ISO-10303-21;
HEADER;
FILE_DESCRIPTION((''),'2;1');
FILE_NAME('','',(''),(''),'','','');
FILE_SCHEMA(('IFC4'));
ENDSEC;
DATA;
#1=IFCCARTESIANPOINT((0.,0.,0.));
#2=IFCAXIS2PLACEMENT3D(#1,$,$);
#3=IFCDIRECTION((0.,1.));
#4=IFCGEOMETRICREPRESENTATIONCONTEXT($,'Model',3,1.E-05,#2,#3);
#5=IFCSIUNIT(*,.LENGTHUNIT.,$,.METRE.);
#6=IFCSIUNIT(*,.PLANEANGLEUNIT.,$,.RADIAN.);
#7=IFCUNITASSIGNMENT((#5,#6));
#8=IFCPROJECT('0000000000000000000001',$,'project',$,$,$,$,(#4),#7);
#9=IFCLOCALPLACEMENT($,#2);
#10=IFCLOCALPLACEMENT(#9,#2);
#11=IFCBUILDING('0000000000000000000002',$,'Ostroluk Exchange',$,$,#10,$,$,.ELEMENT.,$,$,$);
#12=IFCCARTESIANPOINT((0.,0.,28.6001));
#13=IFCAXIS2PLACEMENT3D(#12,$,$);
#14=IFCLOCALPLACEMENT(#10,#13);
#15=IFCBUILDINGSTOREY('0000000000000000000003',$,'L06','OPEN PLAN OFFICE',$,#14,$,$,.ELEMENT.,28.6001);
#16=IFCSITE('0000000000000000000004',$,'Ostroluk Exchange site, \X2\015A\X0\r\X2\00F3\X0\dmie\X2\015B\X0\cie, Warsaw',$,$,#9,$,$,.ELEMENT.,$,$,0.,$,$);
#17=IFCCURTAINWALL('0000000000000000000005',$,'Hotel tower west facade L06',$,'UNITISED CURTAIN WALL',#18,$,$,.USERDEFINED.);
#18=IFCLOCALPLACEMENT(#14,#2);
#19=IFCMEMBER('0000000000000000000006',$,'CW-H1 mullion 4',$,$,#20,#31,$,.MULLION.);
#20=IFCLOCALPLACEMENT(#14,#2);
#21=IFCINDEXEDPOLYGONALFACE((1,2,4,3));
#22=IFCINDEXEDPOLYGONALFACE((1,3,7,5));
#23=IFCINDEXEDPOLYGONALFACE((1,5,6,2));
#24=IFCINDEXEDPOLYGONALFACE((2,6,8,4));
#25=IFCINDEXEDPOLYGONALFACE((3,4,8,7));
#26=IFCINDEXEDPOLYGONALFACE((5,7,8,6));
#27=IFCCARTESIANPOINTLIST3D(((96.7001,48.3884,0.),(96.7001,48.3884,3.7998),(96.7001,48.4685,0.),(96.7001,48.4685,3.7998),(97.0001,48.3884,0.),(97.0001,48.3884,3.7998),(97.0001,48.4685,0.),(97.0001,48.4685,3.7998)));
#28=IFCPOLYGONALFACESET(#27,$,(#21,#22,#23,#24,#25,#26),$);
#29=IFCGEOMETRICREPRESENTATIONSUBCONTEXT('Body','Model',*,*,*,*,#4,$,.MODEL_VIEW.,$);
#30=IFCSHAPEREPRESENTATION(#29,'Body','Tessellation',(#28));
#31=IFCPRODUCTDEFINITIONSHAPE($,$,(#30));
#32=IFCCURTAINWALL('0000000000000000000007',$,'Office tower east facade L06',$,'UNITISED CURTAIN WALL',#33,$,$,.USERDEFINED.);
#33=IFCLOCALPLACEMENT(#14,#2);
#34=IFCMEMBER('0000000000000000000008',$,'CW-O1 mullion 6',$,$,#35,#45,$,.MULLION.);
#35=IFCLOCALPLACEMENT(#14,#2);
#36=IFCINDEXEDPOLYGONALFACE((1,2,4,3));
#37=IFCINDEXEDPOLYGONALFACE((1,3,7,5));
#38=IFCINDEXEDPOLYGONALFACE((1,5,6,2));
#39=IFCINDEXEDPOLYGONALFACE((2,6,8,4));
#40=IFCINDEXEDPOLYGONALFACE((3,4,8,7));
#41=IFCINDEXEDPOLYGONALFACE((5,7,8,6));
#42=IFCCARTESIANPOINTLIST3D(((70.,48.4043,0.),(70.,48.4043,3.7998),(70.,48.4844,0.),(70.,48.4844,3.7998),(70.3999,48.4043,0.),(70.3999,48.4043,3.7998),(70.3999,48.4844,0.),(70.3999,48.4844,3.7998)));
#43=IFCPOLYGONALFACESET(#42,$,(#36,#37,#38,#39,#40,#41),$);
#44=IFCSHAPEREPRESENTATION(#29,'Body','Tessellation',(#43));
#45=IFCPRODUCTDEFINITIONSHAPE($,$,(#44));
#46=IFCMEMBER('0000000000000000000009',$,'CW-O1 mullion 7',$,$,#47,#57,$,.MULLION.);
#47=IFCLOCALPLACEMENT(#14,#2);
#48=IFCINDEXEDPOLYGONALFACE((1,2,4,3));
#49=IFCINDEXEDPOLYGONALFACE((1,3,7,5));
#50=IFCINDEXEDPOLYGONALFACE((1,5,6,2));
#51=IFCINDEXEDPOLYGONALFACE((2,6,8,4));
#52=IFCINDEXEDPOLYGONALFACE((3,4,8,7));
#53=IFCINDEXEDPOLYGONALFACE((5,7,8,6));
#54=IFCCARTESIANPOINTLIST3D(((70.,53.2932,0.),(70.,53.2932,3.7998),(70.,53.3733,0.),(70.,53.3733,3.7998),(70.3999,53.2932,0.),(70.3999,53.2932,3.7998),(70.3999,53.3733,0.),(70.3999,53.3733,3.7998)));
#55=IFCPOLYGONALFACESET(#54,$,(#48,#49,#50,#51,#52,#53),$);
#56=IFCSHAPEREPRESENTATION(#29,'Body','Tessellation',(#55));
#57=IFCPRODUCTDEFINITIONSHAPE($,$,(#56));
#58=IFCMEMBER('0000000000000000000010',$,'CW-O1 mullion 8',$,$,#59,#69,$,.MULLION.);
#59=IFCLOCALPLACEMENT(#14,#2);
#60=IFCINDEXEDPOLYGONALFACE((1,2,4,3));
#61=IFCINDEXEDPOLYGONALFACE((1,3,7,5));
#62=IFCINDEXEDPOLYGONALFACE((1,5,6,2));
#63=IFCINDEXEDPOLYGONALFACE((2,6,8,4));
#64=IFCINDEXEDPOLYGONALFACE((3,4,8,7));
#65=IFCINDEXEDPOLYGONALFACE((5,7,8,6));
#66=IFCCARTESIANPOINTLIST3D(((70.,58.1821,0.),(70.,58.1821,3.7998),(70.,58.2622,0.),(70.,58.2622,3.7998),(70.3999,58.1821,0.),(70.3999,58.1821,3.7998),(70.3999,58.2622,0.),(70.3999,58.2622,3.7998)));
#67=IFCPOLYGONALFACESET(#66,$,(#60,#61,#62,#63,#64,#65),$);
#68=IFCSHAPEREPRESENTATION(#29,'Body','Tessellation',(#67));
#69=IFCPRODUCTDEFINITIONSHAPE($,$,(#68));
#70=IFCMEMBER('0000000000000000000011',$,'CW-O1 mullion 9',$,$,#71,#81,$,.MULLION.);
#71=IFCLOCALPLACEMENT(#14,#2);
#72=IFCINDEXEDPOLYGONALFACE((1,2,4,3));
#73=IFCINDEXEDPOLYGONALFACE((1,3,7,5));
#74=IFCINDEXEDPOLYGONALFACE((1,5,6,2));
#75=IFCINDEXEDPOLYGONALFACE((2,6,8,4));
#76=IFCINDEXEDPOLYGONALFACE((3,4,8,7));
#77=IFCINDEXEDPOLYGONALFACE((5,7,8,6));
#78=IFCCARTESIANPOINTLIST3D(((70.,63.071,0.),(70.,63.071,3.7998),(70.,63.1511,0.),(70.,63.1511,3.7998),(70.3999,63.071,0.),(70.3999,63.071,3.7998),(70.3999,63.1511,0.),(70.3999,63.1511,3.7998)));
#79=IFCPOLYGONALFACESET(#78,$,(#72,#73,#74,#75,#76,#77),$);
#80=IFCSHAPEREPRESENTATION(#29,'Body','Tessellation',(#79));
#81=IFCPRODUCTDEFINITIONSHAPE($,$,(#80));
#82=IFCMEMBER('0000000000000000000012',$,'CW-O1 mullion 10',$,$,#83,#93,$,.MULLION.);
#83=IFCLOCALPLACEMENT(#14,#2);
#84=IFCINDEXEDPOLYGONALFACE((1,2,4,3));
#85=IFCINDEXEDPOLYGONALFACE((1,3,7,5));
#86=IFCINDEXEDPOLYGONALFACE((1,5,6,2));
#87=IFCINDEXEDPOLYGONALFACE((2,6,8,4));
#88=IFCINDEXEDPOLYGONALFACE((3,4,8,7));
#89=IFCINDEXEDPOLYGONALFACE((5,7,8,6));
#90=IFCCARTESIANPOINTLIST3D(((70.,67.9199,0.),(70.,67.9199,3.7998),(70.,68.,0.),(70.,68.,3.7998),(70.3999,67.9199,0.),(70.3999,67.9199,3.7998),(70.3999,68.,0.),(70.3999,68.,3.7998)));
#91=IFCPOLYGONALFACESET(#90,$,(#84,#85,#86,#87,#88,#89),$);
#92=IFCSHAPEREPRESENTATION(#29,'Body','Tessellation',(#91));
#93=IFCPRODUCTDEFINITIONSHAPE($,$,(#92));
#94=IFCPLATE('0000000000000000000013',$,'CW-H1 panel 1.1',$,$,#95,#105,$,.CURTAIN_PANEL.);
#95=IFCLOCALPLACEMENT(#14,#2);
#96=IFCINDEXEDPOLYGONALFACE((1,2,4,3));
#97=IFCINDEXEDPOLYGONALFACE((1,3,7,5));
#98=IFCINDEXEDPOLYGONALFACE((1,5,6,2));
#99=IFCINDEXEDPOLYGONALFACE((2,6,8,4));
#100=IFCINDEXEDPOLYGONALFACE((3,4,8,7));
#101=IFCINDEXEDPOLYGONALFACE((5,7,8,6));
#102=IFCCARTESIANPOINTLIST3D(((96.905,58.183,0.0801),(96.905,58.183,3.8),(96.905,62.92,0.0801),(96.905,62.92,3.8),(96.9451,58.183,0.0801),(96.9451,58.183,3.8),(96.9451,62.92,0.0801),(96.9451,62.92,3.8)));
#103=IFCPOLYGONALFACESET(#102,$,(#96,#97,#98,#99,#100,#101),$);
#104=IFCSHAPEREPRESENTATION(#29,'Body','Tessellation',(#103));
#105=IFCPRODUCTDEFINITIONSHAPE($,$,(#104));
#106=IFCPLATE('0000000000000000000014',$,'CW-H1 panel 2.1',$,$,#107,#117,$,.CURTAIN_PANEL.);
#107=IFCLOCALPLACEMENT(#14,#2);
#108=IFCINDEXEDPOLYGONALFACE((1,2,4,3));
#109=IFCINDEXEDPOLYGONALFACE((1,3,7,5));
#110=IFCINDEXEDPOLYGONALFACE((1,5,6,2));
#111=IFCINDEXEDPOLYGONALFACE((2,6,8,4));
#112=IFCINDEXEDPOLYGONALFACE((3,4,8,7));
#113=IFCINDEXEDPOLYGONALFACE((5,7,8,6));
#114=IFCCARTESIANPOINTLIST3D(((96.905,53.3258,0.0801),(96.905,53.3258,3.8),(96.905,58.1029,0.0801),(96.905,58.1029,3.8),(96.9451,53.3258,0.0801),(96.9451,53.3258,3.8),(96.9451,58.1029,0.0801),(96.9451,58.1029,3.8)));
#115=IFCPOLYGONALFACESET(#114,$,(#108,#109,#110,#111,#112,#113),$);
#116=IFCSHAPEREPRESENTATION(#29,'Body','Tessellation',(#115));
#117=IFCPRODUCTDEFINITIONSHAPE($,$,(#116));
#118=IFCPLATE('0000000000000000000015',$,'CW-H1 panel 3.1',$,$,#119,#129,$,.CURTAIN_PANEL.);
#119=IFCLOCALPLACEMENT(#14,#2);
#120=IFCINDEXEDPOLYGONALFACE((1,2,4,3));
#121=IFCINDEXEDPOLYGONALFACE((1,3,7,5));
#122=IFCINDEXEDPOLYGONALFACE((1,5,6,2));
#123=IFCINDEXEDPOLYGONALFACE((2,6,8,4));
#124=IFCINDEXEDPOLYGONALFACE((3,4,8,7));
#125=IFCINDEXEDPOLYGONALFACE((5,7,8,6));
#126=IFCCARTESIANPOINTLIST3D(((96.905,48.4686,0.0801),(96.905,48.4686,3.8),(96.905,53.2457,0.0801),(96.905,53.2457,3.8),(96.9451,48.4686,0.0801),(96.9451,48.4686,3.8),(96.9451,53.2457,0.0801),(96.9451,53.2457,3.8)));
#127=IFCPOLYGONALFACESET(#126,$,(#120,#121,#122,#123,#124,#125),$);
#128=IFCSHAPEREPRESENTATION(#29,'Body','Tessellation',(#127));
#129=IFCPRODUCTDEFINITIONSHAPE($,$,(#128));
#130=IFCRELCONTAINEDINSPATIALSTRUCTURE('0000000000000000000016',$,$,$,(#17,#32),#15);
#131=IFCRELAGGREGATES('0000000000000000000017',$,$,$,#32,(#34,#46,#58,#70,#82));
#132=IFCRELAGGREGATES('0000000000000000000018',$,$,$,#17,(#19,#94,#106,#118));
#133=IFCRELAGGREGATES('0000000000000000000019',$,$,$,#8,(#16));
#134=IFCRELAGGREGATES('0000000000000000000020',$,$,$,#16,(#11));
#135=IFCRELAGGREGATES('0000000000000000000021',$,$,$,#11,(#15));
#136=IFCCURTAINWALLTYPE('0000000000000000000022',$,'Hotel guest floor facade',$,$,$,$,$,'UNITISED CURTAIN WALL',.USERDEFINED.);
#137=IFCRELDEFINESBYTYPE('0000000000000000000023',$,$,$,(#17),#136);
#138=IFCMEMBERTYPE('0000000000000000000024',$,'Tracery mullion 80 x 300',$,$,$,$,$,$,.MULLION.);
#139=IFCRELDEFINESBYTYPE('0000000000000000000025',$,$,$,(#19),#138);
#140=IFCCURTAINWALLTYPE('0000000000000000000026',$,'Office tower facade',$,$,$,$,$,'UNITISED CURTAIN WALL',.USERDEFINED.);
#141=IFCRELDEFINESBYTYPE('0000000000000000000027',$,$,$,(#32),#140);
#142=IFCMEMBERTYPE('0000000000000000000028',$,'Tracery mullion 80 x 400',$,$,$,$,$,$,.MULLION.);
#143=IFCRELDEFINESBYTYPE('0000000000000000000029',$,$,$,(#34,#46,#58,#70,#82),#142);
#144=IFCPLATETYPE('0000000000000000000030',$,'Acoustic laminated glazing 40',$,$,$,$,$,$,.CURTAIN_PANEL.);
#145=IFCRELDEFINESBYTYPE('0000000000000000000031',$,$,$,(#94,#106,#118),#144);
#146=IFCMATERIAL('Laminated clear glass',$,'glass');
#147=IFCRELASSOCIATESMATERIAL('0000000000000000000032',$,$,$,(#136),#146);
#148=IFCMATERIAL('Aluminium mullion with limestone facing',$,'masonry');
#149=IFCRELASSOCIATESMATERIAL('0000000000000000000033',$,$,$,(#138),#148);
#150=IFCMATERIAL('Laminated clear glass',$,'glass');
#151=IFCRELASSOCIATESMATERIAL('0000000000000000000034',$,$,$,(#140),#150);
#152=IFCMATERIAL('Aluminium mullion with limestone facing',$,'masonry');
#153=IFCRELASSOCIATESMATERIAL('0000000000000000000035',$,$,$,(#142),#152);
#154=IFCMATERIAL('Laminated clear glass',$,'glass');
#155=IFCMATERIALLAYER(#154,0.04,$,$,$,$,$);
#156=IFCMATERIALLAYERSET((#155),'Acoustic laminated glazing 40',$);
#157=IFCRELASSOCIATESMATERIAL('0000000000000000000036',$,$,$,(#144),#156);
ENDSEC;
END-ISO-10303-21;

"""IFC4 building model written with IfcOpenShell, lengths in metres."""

from ifc_helpers import new_model, si_unit, direction, frame, origin, origin_2d, place, context, subcontext, project, spatial, rectangle, extrude, material, layer, layer_set, material_profile, profile_set, type_object, element, aggregate, save


model = new_model("IFC4")

# Units and contexts
model_context = context("Model", 3, precision=1e-05, world=origin(), true_north=direction((0.0, 1.0)))
body_context = subcontext(model_context, "Body", "Model", "MODEL_VIEW")
ifc_project = project(units=[si_unit("LENGTHUNIT", "METRE"), si_unit("PLANEANGLEUNIT", "RADIAN")], contexts=[model_context])

# Site, building, storey
site_placement = place(None, origin())
site = spatial("IfcSite", under=ifc_project, at=site_placement, Name="Ostroluk Exchange site, Śródmieście, Warsaw", CompositionType="ELEMENT", RefElevation=0.0)
building_placement = place(site_placement, origin())
building = spatial("IfcBuilding", under=site, at=building_placement, Name="Ostroluk Exchange", CompositionType="ELEMENT")
storey_placement = place(building_placement, frame((0.0, 0.0, 28.6001)))
storey = spatial("IfcBuildingStorey", under=building, at=storey_placement, Name="L06", Description="OPEN PLAN OFFICE", CompositionType="ELEMENT", Elevation=28.6001)

# Curtain walls, members
ifc_material_1 = material(Name="Laminated clear glass", Category="glass")
curtain_wall_type_1 = type_object("IfcCurtainWallType", Name="Hotel guest floor facade", ElementType="UNITISED CURTAIN WALL", PredefinedType="USERDEFINED", material=ifc_material_1)
curtain_wall_1_placement = place(storey_placement, origin())
curtain_wall_1 = element("IfcCurtainWall", 1, at=curtain_wall_1_placement, inside=storey, type_object=curtain_wall_type_1, Name="Hotel tower west facade L06", ObjectType="UNITISED CURTAIN WALL", PredefinedType="USERDEFINED")
ifc_material_2 = material(Name="Aluminium mullion with limestone facing", Category="masonry")
ifc_material_profile_1 = material_profile(ifc_material_2, rectangle(XDim=0.3, YDim=0.0801, at=origin_2d()), Name="Tracery mullion 80 x 300")
ifc_profile_set_1 = profile_set([ifc_material_profile_1], Name="Aluminium mullion with limestone facing")
member_type_1 = type_object("IfcMemberType", Name="Tracery mullion 80 x 300", PredefinedType="MULLION", material=ifc_profile_set_1)
member_1_placement = place(storey_placement, frame((96.8501, 48.4285, 0.0), z_axis=(0.0, 0.0, 1.0), x_axis=(1.0, 0.0, 0.0)))
member_1 = element("IfcMember", 2, at=member_1_placement, type_object=member_type_1, Name="CW-H1 mullion 4", PredefinedType="MULLION", context=body_context, shape_type="SweptSolid", body=[
    extrude(rectangle(XDim=0.3, YDim=0.0801, at=origin_2d()), origin(), (0.0, 0.0, 1.0), 3.7998),
])
ifc_material_3 = material(Name="Laminated clear glass", Category="glass")
curtain_wall_type_2 = type_object("IfcCurtainWallType", Name="Office tower facade", ElementType="UNITISED CURTAIN WALL", PredefinedType="USERDEFINED", material=ifc_material_3)
curtain_wall_2_placement = place(storey_placement, origin())
curtain_wall_2 = element("IfcCurtainWall", 3, at=curtain_wall_2_placement, inside=storey, type_object=curtain_wall_type_2, Name="Office tower east facade L06", ObjectType="UNITISED CURTAIN WALL", PredefinedType="USERDEFINED")
ifc_material_4 = material(Name="Aluminium mullion with limestone facing", Category="masonry")
ifc_material_profile_2 = material_profile(ifc_material_4, rectangle(XDim=0.3999, YDim=0.0801, at=origin_2d()), Name="Tracery mullion 80 x 400")
ifc_profile_set_2 = profile_set([ifc_material_profile_2], Name="Aluminium mullion with limestone facing")
member_type_2 = type_object("IfcMemberType", Name="Tracery mullion 80 x 400", PredefinedType="MULLION", material=ifc_profile_set_2)
member_2_placement = place(storey_placement, frame((70.2, 48.4443, 0.0), z_axis=(0.0, 0.0, 1.0), x_axis=(-1.0, 0.0, 0.0)))
member_2 = element("IfcMember", 4, at=member_2_placement, type_object=member_type_2, Name="CW-O1 mullion 6", PredefinedType="MULLION", context=body_context, shape_type="SweptSolid", body=[
    extrude(rectangle(XDim=0.3999, YDim=0.0801, at=origin_2d()), origin(), (0.0, 0.0, 1.0), 3.7998),
])
member_3_placement = place(storey_placement, frame((70.2, 53.3333, 0.0), z_axis=(0.0, 0.0, 1.0), x_axis=(-1.0, 0.0, 0.0)))
member_3 = element("IfcMember", 5, at=member_3_placement, type_object=member_type_2, Name="CW-O1 mullion 7", PredefinedType="MULLION", context=body_context, shape_type="SweptSolid", body=[
    extrude(rectangle(XDim=0.3999, YDim=0.0801, at=origin_2d()), origin(), (0.0, 0.0, 1.0), 3.7998),
])
member_4_placement = place(storey_placement, frame((70.2, 58.2222, 0.0), z_axis=(0.0, 0.0, 1.0), x_axis=(-1.0, 0.0, 0.0)))
member_4 = element("IfcMember", 6, at=member_4_placement, type_object=member_type_2, Name="CW-O1 mullion 8", PredefinedType="MULLION", context=body_context, shape_type="SweptSolid", body=[
    extrude(rectangle(XDim=0.3999, YDim=0.0801, at=origin_2d()), origin(), (0.0, 0.0, 1.0), 3.7998),
])
member_5_placement = place(storey_placement, frame((70.2, 63.1111, 0.0), z_axis=(0.0, 0.0, 1.0), x_axis=(-1.0, 0.0, 0.0)))
member_5 = element("IfcMember", 7, at=member_5_placement, type_object=member_type_2, Name="CW-O1 mullion 9", PredefinedType="MULLION", context=body_context, shape_type="SweptSolid", body=[
    extrude(rectangle(XDim=0.3999, YDim=0.0801, at=origin_2d()), origin(), (0.0, 0.0, 1.0), 3.7998),
])
member_6_placement = place(storey_placement, frame((70.2, 67.96, 0.0), z_axis=(0.0, 0.0, 1.0), x_axis=(-1.0, 0.0, 0.0)))
member_6 = element("IfcMember", 8, at=member_6_placement, type_object=member_type_2, Name="CW-O1 mullion 10", PredefinedType="MULLION", context=body_context, shape_type="SweptSolid", body=[
    extrude(rectangle(XDim=0.3999, YDim=0.0801, at=origin_2d()), origin(), (0.0, 0.0, 1.0), 3.7998),
])
aggregate(curtain_wall_2, [member_2, member_3, member_4, member_5, member_6])

# Plates
ifc_material_5 = material(Name="Laminated clear glass", Category="glass")
ifc_layer = layer(ifc_material_5, 0.04)
ifc_layer_set = layer_set([ifc_layer], Name="Acoustic laminated glazing 40")
plate_type = type_object("IfcPlateType", Name="Acoustic laminated glazing 40", PredefinedType="CURTAIN_PANEL", material=ifc_layer_set)
plate_1_placement = place(storey_placement, frame((96.925, 60.5515, 0.0801), z_axis=(0.0, 0.0, 1.0), x_axis=(0.0, -1.0, 0.0)))
plate_1 = element("IfcPlate", 9, at=plate_1_placement, type_object=plate_type, Name="CW-H1 panel 1.1", PredefinedType="CURTAIN_PANEL", context=body_context, shape_type="SweptSolid", body=[
    extrude(rectangle(XDim=4.7371, YDim=0.04, at=origin_2d()), origin(), (0.0, 0.0, 1.0), 3.72),
])
plate_2_placement = place(storey_placement, frame((96.925, 55.7144, 0.0801), z_axis=(0.0, 0.0, 1.0), x_axis=(0.0, -1.0, 0.0)))
plate_2 = element("IfcPlate", 10, at=plate_2_placement, type_object=plate_type, Name="CW-H1 panel 2.1", PredefinedType="CURTAIN_PANEL", context=body_context, shape_type="SweptSolid", body=[
    extrude(rectangle(XDim=4.7771, YDim=0.04, at=origin_2d()), origin(), (0.0, 0.0, 1.0), 3.72),
])
plate_3_placement = place(storey_placement, frame((96.925, 50.8572, 0.0801), z_axis=(0.0, 0.0, 1.0), x_axis=(0.0, -1.0, 0.0)))
plate_3 = element("IfcPlate", 11, at=plate_3_placement, type_object=plate_type, Name="CW-H1 panel 3.1", PredefinedType="CURTAIN_PANEL", context=body_context, shape_type="SweptSolid", body=[
    extrude(rectangle(XDim=4.7771, YDim=0.04, at=origin_2d()), origin(), (0.0, 0.0, 1.0), 3.72),
])
aggregate(curtain_wall_1, [member_1, plate_1, plate_2, plate_3])

save(model, "model.ifc")
